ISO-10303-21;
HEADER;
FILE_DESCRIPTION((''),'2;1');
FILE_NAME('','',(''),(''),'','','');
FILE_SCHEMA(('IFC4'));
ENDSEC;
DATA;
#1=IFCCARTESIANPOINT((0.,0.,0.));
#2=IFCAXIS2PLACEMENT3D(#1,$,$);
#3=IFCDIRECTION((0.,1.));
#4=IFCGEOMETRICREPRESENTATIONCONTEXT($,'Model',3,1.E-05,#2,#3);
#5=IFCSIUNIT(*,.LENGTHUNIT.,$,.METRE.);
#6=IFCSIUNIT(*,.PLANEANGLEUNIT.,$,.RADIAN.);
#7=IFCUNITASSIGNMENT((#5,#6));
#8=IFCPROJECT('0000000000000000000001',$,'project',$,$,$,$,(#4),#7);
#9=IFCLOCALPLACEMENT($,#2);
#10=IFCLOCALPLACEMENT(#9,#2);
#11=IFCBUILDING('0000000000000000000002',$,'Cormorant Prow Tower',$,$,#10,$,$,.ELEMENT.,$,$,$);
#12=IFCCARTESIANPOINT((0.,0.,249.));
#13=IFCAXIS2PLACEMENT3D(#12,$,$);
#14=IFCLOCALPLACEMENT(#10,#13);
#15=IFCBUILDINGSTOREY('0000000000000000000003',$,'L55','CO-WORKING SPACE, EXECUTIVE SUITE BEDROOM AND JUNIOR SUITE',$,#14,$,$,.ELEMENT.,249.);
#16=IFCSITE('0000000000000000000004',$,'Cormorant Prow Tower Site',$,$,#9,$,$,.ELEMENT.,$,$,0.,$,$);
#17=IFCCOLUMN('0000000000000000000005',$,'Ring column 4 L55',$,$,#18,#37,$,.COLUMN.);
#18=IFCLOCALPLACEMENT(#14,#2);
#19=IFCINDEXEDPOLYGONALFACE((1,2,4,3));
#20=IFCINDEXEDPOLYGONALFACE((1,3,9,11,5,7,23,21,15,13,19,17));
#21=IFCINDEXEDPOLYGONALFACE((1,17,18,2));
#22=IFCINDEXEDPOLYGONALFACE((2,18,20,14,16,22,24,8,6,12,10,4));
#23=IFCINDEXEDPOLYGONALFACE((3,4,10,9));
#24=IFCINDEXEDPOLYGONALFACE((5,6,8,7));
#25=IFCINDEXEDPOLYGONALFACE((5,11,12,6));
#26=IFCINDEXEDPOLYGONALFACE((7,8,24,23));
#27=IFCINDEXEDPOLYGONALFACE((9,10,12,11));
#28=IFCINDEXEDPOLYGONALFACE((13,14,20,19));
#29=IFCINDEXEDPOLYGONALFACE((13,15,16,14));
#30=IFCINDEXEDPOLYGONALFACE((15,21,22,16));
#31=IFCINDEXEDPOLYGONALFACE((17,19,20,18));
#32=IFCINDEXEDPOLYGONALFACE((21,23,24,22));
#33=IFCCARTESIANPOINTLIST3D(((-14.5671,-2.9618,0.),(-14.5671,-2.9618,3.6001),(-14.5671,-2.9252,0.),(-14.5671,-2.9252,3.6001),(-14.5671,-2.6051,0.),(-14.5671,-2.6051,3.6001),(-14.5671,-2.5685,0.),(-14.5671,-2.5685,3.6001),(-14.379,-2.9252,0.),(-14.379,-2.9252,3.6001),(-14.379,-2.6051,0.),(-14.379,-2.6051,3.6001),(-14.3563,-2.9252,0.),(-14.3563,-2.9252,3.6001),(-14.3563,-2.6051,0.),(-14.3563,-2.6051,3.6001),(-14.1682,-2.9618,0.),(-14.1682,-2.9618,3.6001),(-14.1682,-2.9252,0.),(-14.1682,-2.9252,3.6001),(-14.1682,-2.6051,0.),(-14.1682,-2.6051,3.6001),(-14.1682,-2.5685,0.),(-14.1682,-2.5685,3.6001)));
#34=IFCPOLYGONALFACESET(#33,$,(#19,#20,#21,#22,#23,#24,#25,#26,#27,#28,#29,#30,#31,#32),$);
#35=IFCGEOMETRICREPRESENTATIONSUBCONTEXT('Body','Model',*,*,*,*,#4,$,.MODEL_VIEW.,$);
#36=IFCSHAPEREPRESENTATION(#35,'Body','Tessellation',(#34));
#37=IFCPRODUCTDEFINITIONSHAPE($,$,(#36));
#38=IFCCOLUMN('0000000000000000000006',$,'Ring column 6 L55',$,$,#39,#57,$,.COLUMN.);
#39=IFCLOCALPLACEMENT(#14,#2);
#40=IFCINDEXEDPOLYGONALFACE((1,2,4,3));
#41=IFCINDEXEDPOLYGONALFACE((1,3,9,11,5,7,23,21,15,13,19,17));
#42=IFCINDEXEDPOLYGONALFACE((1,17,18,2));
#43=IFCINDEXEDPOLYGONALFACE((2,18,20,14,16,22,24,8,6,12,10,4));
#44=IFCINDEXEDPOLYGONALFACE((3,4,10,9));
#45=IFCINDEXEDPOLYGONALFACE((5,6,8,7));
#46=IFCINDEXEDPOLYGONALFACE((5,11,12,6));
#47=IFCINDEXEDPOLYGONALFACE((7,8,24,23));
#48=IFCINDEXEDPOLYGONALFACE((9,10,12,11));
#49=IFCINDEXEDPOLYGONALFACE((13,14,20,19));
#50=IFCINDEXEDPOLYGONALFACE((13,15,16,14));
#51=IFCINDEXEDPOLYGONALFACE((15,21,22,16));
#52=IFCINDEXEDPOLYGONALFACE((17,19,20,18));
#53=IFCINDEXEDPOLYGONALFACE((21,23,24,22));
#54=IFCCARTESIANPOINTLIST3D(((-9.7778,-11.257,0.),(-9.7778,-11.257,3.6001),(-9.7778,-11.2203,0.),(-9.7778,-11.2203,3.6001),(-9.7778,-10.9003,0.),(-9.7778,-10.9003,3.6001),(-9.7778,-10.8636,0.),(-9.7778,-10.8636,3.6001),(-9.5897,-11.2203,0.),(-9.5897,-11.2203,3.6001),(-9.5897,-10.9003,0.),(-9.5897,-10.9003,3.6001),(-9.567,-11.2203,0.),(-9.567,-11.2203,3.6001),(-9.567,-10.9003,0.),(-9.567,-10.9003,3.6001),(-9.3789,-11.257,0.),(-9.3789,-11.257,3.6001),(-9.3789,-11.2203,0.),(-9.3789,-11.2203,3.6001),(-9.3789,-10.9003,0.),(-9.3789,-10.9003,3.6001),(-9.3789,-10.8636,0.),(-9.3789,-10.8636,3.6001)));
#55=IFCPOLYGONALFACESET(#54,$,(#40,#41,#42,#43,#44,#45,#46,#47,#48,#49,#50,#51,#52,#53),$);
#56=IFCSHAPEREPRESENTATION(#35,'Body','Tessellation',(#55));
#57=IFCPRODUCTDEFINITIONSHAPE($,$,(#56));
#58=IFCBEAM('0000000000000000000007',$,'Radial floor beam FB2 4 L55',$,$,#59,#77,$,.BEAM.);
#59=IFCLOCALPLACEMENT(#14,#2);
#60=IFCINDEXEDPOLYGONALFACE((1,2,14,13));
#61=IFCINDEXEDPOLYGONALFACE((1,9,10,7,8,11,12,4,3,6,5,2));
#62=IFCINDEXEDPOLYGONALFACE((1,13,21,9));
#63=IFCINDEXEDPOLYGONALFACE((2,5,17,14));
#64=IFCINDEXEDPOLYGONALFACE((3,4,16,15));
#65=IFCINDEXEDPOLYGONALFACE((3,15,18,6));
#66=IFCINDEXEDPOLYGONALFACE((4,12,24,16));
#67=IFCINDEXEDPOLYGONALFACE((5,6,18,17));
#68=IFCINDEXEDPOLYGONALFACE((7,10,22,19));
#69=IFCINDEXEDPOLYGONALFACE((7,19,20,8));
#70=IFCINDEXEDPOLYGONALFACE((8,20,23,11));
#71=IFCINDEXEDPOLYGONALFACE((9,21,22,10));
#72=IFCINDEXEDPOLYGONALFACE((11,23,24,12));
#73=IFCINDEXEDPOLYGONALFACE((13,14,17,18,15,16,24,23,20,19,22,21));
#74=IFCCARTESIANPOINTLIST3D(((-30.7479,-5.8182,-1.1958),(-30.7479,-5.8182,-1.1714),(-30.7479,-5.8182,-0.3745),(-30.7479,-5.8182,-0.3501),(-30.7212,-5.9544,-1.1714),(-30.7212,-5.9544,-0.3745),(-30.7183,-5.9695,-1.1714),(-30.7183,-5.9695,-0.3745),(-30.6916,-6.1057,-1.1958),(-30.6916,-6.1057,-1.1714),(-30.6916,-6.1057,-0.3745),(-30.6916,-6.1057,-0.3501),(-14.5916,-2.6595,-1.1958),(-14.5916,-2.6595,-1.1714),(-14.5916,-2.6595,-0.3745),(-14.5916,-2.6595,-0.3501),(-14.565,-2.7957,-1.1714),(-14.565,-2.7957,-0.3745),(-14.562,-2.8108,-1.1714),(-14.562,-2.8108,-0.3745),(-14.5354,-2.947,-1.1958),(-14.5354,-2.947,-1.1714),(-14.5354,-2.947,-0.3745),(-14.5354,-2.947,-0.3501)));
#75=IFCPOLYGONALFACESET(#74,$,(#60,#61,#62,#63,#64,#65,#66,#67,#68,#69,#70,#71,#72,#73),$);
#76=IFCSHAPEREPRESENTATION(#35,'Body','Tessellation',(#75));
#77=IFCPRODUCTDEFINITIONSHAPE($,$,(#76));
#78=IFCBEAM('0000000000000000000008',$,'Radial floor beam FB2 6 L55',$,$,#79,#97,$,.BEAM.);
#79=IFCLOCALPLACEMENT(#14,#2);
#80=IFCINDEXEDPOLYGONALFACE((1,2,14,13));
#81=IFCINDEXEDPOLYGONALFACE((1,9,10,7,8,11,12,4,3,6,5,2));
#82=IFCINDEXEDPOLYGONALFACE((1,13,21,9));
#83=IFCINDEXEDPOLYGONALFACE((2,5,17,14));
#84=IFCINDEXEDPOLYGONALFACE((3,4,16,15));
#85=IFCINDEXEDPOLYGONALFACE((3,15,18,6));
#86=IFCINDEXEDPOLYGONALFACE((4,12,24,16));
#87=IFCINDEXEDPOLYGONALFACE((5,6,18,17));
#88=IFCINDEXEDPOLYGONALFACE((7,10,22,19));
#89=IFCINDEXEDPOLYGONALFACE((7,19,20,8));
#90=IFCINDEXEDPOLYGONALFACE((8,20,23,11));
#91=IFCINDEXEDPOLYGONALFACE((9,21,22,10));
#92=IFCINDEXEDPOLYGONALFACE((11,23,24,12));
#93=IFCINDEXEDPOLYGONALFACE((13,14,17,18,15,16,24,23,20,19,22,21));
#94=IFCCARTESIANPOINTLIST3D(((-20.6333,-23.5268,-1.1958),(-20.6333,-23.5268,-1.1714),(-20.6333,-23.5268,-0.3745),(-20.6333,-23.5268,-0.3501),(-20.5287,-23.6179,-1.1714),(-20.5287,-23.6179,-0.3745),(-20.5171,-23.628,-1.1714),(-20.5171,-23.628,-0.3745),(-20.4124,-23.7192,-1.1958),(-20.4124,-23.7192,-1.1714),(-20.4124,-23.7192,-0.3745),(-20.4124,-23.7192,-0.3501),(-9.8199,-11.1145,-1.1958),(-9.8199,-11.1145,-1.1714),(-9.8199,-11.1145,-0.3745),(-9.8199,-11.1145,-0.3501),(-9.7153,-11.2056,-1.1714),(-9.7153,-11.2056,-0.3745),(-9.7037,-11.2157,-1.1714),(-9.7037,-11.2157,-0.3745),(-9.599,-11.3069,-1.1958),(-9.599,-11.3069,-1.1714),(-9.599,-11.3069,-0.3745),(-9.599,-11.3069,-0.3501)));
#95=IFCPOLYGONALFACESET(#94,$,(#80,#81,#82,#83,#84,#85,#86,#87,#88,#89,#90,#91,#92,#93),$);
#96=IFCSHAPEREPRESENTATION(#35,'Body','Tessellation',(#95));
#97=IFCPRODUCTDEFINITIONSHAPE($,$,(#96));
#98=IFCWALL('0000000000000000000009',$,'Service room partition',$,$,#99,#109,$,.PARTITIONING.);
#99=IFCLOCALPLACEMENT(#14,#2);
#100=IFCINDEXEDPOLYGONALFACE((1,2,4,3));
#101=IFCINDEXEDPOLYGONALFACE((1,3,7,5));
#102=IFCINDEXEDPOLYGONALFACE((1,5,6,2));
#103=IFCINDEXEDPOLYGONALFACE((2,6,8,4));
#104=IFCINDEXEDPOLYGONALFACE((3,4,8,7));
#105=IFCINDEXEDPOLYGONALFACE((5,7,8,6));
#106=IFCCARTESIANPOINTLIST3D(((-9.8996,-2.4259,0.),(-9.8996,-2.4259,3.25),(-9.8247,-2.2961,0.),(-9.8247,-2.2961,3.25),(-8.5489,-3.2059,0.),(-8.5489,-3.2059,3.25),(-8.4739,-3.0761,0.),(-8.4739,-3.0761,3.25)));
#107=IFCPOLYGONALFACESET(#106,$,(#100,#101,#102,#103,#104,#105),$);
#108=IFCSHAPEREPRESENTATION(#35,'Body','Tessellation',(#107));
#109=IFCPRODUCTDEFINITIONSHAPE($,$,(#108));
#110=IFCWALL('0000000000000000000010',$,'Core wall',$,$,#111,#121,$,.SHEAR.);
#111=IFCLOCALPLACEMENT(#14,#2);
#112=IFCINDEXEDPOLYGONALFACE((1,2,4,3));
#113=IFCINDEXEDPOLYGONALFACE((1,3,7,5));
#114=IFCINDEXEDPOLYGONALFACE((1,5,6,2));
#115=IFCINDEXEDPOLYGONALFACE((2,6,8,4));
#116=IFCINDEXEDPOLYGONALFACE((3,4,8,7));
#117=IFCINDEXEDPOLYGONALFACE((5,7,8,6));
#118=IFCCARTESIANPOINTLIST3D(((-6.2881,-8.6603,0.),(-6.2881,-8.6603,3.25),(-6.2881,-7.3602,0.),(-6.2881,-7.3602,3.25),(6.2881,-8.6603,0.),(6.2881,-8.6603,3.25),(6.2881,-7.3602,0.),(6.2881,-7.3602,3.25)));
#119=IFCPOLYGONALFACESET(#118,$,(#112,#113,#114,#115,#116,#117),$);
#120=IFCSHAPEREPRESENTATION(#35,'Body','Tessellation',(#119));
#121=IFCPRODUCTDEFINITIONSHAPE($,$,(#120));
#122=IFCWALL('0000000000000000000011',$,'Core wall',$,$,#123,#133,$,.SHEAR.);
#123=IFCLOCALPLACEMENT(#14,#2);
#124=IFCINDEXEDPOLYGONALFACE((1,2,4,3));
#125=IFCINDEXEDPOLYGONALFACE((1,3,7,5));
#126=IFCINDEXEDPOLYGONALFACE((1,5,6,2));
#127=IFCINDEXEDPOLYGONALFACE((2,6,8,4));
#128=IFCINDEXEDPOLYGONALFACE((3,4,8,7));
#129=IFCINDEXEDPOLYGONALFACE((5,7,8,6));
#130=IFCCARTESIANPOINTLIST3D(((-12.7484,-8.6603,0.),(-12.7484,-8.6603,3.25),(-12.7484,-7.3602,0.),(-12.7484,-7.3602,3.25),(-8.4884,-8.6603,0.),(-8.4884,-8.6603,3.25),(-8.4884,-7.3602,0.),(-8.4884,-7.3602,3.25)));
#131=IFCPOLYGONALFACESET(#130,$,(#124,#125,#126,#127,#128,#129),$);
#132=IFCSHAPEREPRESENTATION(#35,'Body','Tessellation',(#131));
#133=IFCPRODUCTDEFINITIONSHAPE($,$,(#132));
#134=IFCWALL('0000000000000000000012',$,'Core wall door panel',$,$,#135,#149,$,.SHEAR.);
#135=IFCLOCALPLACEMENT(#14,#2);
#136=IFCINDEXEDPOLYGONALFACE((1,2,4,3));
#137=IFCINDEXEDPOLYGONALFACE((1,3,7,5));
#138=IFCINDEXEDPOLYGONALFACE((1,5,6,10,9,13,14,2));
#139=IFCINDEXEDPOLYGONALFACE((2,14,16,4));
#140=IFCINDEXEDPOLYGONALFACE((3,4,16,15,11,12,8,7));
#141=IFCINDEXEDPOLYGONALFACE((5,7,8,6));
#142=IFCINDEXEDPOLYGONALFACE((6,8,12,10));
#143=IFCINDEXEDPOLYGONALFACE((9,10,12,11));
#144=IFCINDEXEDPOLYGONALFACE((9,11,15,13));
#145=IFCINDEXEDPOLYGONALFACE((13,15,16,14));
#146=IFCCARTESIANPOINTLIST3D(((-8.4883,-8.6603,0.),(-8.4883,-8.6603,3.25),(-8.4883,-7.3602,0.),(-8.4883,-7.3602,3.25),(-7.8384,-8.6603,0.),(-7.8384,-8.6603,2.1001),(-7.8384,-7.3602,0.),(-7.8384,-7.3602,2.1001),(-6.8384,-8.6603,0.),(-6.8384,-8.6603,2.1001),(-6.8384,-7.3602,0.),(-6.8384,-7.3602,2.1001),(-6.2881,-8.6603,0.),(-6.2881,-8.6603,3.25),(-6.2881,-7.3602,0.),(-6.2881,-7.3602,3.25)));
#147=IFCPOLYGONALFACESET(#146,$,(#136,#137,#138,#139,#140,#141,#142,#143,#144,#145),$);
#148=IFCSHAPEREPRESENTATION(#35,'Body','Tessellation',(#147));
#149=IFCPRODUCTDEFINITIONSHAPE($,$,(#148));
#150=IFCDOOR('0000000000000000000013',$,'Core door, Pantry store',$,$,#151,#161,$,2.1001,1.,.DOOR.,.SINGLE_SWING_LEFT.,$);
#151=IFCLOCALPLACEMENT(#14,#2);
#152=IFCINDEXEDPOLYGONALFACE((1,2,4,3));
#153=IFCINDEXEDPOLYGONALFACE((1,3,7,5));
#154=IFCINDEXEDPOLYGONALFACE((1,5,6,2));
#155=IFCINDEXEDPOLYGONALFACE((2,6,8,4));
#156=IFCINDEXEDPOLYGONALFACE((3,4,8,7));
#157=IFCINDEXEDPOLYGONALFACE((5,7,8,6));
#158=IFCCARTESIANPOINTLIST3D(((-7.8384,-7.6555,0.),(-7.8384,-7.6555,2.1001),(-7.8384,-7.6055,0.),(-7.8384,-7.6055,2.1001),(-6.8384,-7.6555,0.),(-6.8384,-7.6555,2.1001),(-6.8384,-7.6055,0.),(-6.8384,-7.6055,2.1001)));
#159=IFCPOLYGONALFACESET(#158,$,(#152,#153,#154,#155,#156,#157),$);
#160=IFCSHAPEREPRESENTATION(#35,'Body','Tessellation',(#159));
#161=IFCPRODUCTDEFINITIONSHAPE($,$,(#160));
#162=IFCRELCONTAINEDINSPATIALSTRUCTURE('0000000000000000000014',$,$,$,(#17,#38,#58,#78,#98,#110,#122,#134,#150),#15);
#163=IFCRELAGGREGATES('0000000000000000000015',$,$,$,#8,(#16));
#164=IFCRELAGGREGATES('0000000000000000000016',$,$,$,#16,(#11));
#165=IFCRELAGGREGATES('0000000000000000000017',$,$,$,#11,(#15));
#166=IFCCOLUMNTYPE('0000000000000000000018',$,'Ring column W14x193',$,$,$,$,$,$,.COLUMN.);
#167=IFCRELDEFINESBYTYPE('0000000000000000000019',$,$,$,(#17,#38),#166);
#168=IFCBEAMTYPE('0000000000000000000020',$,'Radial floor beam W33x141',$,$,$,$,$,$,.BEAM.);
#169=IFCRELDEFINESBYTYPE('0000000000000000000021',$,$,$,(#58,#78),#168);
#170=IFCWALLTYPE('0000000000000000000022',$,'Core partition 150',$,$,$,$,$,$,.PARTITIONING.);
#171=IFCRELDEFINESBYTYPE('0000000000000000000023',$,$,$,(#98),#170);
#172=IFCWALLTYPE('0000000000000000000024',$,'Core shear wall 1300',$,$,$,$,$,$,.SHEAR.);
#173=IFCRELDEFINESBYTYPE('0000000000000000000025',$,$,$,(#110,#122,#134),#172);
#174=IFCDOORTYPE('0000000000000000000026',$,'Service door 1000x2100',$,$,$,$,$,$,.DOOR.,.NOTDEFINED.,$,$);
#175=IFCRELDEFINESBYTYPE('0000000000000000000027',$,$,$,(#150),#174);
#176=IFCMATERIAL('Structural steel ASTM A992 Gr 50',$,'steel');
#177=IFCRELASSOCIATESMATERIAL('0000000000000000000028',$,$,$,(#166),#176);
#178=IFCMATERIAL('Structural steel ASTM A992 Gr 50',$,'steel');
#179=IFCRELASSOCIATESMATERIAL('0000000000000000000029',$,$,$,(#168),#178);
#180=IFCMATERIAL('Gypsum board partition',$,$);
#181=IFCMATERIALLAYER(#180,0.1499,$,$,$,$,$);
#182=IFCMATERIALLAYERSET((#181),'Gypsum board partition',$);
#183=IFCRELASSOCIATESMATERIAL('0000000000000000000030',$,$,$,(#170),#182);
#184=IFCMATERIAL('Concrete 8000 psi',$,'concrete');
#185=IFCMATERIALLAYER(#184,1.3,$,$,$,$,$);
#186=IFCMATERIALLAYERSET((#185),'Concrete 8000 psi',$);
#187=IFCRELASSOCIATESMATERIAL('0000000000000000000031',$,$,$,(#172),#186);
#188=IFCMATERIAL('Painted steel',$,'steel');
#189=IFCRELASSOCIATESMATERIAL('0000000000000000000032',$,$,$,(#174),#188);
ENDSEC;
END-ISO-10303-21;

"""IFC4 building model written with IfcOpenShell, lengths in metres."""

from ifc_helpers import new_model, si_unit, direction, frame, frame_2d, origin, origin_2d, place, context, subcontext, project, spatial, rectangle, i_section, extrude, material, layer, layer_set, material_profile, profile_set, type_object, element, fill, save


model = new_model("IFC4")

# Units and contexts
model_context = context("Model", 3, precision=1e-05, world=origin(), true_north=direction((0.0, 1.0)))
body_context = subcontext(model_context, "Body", "Model", "MODEL_VIEW")
ifc_project = project(units=[si_unit("LENGTHUNIT", "METRE"), si_unit("PLANEANGLEUNIT", "RADIAN")], contexts=[model_context])

# Site, building, storey
site_placement = place(None, origin())
site = spatial("IfcSite", under=ifc_project, at=site_placement, Name="Cormorant Prow Tower Site", CompositionType="ELEMENT", RefElevation=0.0)
building_placement = place(site_placement, origin())
building = spatial("IfcBuilding", under=site, at=building_placement, Name="Cormorant Prow Tower", CompositionType="ELEMENT")
storey_placement = place(building_placement, frame((0.0, 0.0, 249.0)))
storey = spatial("IfcBuildingStorey", under=building, at=storey_placement, Name="L55", Description="CO-WORKING SPACE, EXECUTIVE SUITE BEDROOM AND JUNIOR SUITE", CompositionType="ELEMENT", Elevation=249.0)

# Columns
ifc_material_1 = material(Name="Structural steel ASTM A992 Gr 50", Category="steel")
ifc_material_profile_1 = material_profile(ifc_material_1, i_section(OverallWidth=0.3989, OverallDepth=0.3933, WebThickness=0.0227, FlangeThickness=0.0366, at=origin_2d()), Name="W14x193")
ifc_profile_set_1 = profile_set([ifc_material_profile_1], Name="Structural steel ASTM A992 Gr 50")
column_type = type_object("IfcColumnType", Name="Ring column W14x193", PredefinedType="COLUMN", material=ifc_profile_set_1)
for number, where, z_axis, x_axis, name in (
    (1, (-14.3677, -2.7651, 0.0), (0.0, 0.0, 1.0), (1.0, 0.0, 0.0), "Ring column 4 L55"),
    (2, (-9.5784, -11.0603, 0.0), (0.0, 0.0, 1.0), (1.0, 0.0, 0.0), "Ring column 6 L55"),
):
    element("IfcColumn", number, at=place(storey_placement, frame(where, z_axis=z_axis, x_axis=x_axis)), inside=storey, type_object=column_type, Name=name, PredefinedType="COLUMN", context=body_context, shape_type="SweptSolid", body=[
        extrude(i_section(OverallWidth=0.3989, OverallDepth=0.3933, WebThickness=0.0227, FlangeThickness=0.0366, at=origin_2d()), origin(), (0.0, 0.0, 1.0), 3.6001),
    ])

# Beams
ifc_material_2 = material(Name="Structural steel ASTM A992 Gr 50", Category="steel")
ifc_material_profile_2 = material_profile(ifc_material_2, i_section(OverallWidth=0.293, OverallDepth=0.8457, WebThickness=0.0154, FlangeThickness=0.0244, at=origin_2d()), Name="W33x141")
ifc_profile_set_2 = profile_set([ifc_material_profile_2], Name="Structural steel ASTM A992 Gr 50")
beam_type = type_object("IfcBeamType", Name="Radial floor beam W33x141", PredefinedType="BEAM", material=ifc_profile_set_2)
beam_1_placement = place(storey_placement, frame((-14.5635, -2.8032, -0.7729), z_axis=(-0.981419, -0.191876, 0.0), x_axis=(0.191876, -0.981419, 0.0)))
element("IfcBeam", 3, at=beam_1_placement, inside=storey, type_object=beam_type, Name="Radial floor beam FB2 4 L55", PredefinedType="BEAM", context=body_context, shape_type="SweptSolid", body=[
    extrude(i_section(OverallWidth=0.293, OverallDepth=0.8457, WebThickness=0.0154, FlangeThickness=0.0244, at=origin_2d()), origin(), (0.0, 0.0, 1.0), 16.4622),
])
beam_2_placement = place(storey_placement, frame((-9.7095, -11.2107, -0.7729), z_axis=(-0.656875, -0.754, 0.0), x_axis=(0.754, -0.656875, 0.0)))
element("IfcBeam", 4, at=beam_2_placement, inside=storey, type_object=beam_type, Name="Radial floor beam FB2 6 L55", PredefinedType="BEAM", context=body_context, shape_type="SweptSolid", body=[
    extrude(i_section(OverallWidth=0.293, OverallDepth=0.8457, WebThickness=0.0154, FlangeThickness=0.0244, at=origin_2d()), origin(), (0.0, 0.0, 1.0), 16.4619),
])

# Walls
ifc_material_3 = material(Name="Gypsum board partition")
ifc_layer_1 = layer(ifc_material_3, 0.1499)
ifc_layer_set_1 = layer_set([ifc_layer_1], Name="Gypsum board partition")
wall_type_1 = type_object("IfcWallType", Name="Core partition 150", PredefinedType="PARTITIONING", material=ifc_layer_set_1)
wall_1_placement = place(storey_placement, frame((-9.8621, -2.3611, 0.0), z_axis=(0.0, 0.0, 1.0), x_axis=(0.86599, -0.500061, 0.0)))
element("IfcWall", 5, at=wall_1_placement, inside=storey, type_object=wall_type_1, Name="Service room partition", PredefinedType="PARTITIONING", context=body_context, shape_type="SweptSolid", body=[
    extrude(rectangle(XDim=1.5598, YDim=0.1499, at=frame_2d((0.7798, 0.0))), origin(), (0.0, 0.0, 1.0), 3.25),
])
ifc_material_4 = material(Name="Concrete 8000 psi", Category="concrete")
ifc_layer_2 = layer(ifc_material_4, 1.3)
ifc_layer_set_2 = layer_set([ifc_layer_2], Name="Concrete 8000 psi")
wall_type_2 = type_object("IfcWallType", Name="Core shear wall 1300", PredefinedType="SHEAR", material=ifc_layer_set_2)
wall_2_placement = place(storey_placement, frame((-6.2881, -8.0103, 0.0), z_axis=(0.0, 0.0, 1.0), x_axis=(1.0, 0.0, 0.0)))
element("IfcWall", 6, at=wall_2_placement, inside=storey, type_object=wall_type_2, Name="Core wall", PredefinedType="SHEAR", context=body_context, shape_type="SweptSolid", body=[
    extrude(rectangle(XDim=12.5762, YDim=1.3, at=frame_2d((6.2881, 0.0))), origin(), (0.0, 0.0, 1.0), 3.25),
])
wall_3_placement = place(storey_placement, frame((-12.7483, -8.0103, 0.0), z_axis=(0.0, 0.0, 1.0), x_axis=(1.0, 0.0, 0.0)))
element("IfcWall", 7, at=wall_3_placement, inside=storey, type_object=wall_type_2, Name="Core wall", PredefinedType="SHEAR", context=body_context, shape_type="SweptSolid", body=[
    extrude(rectangle(XDim=4.26, YDim=1.3, at=frame_2d((2.1299, 0.0))), origin(), (0.0, 0.0, 1.0), 3.25),
])

# Wall, opening, door
wall_4_placement = place(storey_placement, frame((-8.4883, -8.0103, 0.0), z_axis=(0.0, 0.0, 1.0), x_axis=(1.0, 0.0, 0.0)))
wall_4 = element("IfcWall", 8, at=wall_4_placement, inside=storey, type_object=wall_type_2, Name="Core wall door panel", PredefinedType="SHEAR", context=body_context, shape_type="SweptSolid", body=[
    extrude(rectangle(XDim=2.2002, YDim=1.3, at=frame_2d((1.1001, 0.0))), origin(), (0.0, 0.0, 1.0), 3.25),
])
opening_1_placement = place(wall_4_placement, frame((0.6499, 0.0, 0.0)))
opening_1 = element("IfcOpeningElement", 9, at=opening_1_placement, cuts=wall_4, PredefinedType="OPENING", context=body_context, shape_type="SweptSolid", body=[
    extrude(rectangle(XDim=1.0, YDim=2.1001, at=frame_2d((0.5, 1.05))), frame((0.0, 0.6599, 0.0), z_axis=(0.0, -1.0, 0.0), x_axis=(1.0, 0.0, 0.0)), (0.0, 0.0, 1.0), 1.3201),
])
ifc_material_5 = material(Name="Painted steel", Category="steel")
door_type_1 = type_object("IfcDoorType", Name="Service door 1000x2100", OperationType="NOTDEFINED", PredefinedType="DOOR", material=ifc_material_5)
door_1_placement = place(opening_1_placement, origin())
door_1 = element("IfcDoor", 10, at=door_1_placement, inside=storey, type_object=door_type_1, Name="Core door, Pantry store", OperationType="SINGLE_SWING_LEFT", OverallHeight=2.1001, OverallWidth=1.0, PredefinedType="DOOR", context=body_context, shape_type="SweptSolid", body=[
    extrude(rectangle(XDim=1.0, YDim=2.1001, at=frame_2d((0.5, 1.05))), frame((0.0, 0.4048, 0.0), z_axis=(0.0, -1.0, 0.0), x_axis=(1.0, 0.0, 0.0)), (0.0, 0.0, 1.0), 0.05),
])
fill(opening_1, door_1)

save(model, "model.ifc")
